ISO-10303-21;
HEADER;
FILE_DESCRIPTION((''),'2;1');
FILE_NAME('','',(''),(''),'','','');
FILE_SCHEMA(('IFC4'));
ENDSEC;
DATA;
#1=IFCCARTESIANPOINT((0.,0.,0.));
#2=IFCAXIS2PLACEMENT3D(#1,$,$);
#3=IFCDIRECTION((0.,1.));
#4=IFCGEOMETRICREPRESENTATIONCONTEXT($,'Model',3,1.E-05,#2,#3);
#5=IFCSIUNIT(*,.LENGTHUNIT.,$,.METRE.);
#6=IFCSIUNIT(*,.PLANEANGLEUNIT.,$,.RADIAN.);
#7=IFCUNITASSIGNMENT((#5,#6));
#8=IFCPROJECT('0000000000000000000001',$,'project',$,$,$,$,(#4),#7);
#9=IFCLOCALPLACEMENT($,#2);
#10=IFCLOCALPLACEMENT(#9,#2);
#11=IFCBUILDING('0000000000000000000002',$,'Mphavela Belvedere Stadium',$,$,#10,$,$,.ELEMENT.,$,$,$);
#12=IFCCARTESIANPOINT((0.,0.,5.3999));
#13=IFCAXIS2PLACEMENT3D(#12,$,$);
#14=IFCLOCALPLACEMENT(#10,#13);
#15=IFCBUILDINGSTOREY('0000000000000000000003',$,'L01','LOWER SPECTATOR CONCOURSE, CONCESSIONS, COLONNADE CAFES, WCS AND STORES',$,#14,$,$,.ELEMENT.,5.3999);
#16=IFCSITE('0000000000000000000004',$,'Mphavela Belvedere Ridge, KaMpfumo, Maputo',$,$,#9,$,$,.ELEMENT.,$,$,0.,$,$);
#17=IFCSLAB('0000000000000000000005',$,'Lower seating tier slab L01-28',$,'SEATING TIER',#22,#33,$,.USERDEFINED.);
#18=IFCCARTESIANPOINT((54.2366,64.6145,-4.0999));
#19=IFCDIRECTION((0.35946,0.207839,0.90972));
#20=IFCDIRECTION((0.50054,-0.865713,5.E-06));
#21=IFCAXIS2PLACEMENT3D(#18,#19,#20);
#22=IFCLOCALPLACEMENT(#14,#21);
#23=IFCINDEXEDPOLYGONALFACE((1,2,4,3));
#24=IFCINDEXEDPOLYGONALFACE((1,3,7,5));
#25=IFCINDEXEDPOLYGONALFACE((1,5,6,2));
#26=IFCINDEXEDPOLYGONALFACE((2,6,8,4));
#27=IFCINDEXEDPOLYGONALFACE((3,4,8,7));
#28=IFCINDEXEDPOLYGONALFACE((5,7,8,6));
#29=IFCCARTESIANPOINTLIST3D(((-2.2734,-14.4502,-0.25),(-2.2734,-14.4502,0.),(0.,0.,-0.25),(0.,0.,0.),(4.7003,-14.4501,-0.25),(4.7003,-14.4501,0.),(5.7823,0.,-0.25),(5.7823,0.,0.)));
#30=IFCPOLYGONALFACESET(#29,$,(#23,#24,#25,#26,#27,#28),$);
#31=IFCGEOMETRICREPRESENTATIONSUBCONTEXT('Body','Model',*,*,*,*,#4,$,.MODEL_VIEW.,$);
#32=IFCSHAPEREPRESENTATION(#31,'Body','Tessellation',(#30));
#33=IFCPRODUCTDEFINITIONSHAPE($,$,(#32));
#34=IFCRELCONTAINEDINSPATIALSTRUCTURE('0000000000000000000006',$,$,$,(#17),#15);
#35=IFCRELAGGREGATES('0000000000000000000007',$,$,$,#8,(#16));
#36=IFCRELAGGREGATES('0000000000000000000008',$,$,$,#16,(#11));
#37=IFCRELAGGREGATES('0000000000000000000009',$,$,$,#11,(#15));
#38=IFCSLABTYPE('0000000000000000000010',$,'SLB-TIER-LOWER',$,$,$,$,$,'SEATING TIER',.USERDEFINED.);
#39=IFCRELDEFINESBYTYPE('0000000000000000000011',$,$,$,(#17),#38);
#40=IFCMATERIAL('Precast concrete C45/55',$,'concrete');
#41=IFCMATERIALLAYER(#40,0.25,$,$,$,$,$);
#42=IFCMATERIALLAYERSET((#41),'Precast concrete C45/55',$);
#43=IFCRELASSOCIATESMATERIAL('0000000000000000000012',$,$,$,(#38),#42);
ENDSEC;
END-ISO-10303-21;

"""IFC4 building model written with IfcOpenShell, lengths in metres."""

from ifc_helpers import new_model, si_unit, direction, frame, origin, place, context, subcontext, project, spatial, polyline, outline, extrude, material, layer, layer_set, type_object, element, save


model = new_model("IFC4")

# Units and contexts
model_context = context("Model", 3, precision=1e-05, world=origin(), true_north=direction((0.0, 1.0)))
body_context = subcontext(model_context, "Body", "Model", "MODEL_VIEW")
ifc_project = project(units=[si_unit("LENGTHUNIT", "METRE"), si_unit("PLANEANGLEUNIT", "RADIAN")], contexts=[model_context])

# Site, building, storey
site_placement = place(None, origin())
site = spatial("IfcSite", under=ifc_project, at=site_placement, Name="Mphavela Belvedere Ridge, KaMpfumo, Maputo", CompositionType="ELEMENT", RefElevation=0.0)
building_placement = place(site_placement, origin())
building = spatial("IfcBuilding", under=site, at=building_placement, Name="Mphavela Belvedere Stadium", CompositionType="ELEMENT")
storey_placement = place(building_placement, frame((0.0, 0.0, 5.3999)))
storey = spatial("IfcBuildingStorey", under=building, at=storey_placement, Name="L01", Description="LOWER SPECTATOR CONCOURSE, CONCESSIONS, COLONNADE CAFES, WCS AND STORES", CompositionType="ELEMENT", Elevation=5.3999)

# Slab
ifc_material_1 = material(Name="Precast concrete C45/55", Category="concrete")
ifc_layer_1 = layer(ifc_material_1, 0.25)
ifc_layer_set_1 = layer_set([ifc_layer_1], Name="Precast concrete C45/55")
slab_type = type_object("IfcSlabType", Name="SLB-TIER-LOWER", ElementType="SEATING TIER", PredefinedType="USERDEFINED", material=ifc_layer_set_1)
slab_1_placement = place(storey_placement, frame((54.2366, 64.6145, -4.0999), z_axis=(0.35946, 0.207839, 0.90972), x_axis=(0.50054, -0.865713, 0.000005)))
element("IfcSlab", 1, at=slab_1_placement, inside=storey, type_object=slab_type, Name="Lower seating tier slab L01-28", ObjectType="SEATING TIER", PredefinedType="USERDEFINED", context=body_context, shape_type="SweptSolid", body=[
    extrude(outline(polyline([(0.0, 0.0), (5.7823, 0.0), (4.7003, -14.4501), (-2.2734, -14.4502), (0.0, 0.0)])), origin(), (0.0, 0.0, -1.0), 0.25),
])

save(model, "model.ifc")
